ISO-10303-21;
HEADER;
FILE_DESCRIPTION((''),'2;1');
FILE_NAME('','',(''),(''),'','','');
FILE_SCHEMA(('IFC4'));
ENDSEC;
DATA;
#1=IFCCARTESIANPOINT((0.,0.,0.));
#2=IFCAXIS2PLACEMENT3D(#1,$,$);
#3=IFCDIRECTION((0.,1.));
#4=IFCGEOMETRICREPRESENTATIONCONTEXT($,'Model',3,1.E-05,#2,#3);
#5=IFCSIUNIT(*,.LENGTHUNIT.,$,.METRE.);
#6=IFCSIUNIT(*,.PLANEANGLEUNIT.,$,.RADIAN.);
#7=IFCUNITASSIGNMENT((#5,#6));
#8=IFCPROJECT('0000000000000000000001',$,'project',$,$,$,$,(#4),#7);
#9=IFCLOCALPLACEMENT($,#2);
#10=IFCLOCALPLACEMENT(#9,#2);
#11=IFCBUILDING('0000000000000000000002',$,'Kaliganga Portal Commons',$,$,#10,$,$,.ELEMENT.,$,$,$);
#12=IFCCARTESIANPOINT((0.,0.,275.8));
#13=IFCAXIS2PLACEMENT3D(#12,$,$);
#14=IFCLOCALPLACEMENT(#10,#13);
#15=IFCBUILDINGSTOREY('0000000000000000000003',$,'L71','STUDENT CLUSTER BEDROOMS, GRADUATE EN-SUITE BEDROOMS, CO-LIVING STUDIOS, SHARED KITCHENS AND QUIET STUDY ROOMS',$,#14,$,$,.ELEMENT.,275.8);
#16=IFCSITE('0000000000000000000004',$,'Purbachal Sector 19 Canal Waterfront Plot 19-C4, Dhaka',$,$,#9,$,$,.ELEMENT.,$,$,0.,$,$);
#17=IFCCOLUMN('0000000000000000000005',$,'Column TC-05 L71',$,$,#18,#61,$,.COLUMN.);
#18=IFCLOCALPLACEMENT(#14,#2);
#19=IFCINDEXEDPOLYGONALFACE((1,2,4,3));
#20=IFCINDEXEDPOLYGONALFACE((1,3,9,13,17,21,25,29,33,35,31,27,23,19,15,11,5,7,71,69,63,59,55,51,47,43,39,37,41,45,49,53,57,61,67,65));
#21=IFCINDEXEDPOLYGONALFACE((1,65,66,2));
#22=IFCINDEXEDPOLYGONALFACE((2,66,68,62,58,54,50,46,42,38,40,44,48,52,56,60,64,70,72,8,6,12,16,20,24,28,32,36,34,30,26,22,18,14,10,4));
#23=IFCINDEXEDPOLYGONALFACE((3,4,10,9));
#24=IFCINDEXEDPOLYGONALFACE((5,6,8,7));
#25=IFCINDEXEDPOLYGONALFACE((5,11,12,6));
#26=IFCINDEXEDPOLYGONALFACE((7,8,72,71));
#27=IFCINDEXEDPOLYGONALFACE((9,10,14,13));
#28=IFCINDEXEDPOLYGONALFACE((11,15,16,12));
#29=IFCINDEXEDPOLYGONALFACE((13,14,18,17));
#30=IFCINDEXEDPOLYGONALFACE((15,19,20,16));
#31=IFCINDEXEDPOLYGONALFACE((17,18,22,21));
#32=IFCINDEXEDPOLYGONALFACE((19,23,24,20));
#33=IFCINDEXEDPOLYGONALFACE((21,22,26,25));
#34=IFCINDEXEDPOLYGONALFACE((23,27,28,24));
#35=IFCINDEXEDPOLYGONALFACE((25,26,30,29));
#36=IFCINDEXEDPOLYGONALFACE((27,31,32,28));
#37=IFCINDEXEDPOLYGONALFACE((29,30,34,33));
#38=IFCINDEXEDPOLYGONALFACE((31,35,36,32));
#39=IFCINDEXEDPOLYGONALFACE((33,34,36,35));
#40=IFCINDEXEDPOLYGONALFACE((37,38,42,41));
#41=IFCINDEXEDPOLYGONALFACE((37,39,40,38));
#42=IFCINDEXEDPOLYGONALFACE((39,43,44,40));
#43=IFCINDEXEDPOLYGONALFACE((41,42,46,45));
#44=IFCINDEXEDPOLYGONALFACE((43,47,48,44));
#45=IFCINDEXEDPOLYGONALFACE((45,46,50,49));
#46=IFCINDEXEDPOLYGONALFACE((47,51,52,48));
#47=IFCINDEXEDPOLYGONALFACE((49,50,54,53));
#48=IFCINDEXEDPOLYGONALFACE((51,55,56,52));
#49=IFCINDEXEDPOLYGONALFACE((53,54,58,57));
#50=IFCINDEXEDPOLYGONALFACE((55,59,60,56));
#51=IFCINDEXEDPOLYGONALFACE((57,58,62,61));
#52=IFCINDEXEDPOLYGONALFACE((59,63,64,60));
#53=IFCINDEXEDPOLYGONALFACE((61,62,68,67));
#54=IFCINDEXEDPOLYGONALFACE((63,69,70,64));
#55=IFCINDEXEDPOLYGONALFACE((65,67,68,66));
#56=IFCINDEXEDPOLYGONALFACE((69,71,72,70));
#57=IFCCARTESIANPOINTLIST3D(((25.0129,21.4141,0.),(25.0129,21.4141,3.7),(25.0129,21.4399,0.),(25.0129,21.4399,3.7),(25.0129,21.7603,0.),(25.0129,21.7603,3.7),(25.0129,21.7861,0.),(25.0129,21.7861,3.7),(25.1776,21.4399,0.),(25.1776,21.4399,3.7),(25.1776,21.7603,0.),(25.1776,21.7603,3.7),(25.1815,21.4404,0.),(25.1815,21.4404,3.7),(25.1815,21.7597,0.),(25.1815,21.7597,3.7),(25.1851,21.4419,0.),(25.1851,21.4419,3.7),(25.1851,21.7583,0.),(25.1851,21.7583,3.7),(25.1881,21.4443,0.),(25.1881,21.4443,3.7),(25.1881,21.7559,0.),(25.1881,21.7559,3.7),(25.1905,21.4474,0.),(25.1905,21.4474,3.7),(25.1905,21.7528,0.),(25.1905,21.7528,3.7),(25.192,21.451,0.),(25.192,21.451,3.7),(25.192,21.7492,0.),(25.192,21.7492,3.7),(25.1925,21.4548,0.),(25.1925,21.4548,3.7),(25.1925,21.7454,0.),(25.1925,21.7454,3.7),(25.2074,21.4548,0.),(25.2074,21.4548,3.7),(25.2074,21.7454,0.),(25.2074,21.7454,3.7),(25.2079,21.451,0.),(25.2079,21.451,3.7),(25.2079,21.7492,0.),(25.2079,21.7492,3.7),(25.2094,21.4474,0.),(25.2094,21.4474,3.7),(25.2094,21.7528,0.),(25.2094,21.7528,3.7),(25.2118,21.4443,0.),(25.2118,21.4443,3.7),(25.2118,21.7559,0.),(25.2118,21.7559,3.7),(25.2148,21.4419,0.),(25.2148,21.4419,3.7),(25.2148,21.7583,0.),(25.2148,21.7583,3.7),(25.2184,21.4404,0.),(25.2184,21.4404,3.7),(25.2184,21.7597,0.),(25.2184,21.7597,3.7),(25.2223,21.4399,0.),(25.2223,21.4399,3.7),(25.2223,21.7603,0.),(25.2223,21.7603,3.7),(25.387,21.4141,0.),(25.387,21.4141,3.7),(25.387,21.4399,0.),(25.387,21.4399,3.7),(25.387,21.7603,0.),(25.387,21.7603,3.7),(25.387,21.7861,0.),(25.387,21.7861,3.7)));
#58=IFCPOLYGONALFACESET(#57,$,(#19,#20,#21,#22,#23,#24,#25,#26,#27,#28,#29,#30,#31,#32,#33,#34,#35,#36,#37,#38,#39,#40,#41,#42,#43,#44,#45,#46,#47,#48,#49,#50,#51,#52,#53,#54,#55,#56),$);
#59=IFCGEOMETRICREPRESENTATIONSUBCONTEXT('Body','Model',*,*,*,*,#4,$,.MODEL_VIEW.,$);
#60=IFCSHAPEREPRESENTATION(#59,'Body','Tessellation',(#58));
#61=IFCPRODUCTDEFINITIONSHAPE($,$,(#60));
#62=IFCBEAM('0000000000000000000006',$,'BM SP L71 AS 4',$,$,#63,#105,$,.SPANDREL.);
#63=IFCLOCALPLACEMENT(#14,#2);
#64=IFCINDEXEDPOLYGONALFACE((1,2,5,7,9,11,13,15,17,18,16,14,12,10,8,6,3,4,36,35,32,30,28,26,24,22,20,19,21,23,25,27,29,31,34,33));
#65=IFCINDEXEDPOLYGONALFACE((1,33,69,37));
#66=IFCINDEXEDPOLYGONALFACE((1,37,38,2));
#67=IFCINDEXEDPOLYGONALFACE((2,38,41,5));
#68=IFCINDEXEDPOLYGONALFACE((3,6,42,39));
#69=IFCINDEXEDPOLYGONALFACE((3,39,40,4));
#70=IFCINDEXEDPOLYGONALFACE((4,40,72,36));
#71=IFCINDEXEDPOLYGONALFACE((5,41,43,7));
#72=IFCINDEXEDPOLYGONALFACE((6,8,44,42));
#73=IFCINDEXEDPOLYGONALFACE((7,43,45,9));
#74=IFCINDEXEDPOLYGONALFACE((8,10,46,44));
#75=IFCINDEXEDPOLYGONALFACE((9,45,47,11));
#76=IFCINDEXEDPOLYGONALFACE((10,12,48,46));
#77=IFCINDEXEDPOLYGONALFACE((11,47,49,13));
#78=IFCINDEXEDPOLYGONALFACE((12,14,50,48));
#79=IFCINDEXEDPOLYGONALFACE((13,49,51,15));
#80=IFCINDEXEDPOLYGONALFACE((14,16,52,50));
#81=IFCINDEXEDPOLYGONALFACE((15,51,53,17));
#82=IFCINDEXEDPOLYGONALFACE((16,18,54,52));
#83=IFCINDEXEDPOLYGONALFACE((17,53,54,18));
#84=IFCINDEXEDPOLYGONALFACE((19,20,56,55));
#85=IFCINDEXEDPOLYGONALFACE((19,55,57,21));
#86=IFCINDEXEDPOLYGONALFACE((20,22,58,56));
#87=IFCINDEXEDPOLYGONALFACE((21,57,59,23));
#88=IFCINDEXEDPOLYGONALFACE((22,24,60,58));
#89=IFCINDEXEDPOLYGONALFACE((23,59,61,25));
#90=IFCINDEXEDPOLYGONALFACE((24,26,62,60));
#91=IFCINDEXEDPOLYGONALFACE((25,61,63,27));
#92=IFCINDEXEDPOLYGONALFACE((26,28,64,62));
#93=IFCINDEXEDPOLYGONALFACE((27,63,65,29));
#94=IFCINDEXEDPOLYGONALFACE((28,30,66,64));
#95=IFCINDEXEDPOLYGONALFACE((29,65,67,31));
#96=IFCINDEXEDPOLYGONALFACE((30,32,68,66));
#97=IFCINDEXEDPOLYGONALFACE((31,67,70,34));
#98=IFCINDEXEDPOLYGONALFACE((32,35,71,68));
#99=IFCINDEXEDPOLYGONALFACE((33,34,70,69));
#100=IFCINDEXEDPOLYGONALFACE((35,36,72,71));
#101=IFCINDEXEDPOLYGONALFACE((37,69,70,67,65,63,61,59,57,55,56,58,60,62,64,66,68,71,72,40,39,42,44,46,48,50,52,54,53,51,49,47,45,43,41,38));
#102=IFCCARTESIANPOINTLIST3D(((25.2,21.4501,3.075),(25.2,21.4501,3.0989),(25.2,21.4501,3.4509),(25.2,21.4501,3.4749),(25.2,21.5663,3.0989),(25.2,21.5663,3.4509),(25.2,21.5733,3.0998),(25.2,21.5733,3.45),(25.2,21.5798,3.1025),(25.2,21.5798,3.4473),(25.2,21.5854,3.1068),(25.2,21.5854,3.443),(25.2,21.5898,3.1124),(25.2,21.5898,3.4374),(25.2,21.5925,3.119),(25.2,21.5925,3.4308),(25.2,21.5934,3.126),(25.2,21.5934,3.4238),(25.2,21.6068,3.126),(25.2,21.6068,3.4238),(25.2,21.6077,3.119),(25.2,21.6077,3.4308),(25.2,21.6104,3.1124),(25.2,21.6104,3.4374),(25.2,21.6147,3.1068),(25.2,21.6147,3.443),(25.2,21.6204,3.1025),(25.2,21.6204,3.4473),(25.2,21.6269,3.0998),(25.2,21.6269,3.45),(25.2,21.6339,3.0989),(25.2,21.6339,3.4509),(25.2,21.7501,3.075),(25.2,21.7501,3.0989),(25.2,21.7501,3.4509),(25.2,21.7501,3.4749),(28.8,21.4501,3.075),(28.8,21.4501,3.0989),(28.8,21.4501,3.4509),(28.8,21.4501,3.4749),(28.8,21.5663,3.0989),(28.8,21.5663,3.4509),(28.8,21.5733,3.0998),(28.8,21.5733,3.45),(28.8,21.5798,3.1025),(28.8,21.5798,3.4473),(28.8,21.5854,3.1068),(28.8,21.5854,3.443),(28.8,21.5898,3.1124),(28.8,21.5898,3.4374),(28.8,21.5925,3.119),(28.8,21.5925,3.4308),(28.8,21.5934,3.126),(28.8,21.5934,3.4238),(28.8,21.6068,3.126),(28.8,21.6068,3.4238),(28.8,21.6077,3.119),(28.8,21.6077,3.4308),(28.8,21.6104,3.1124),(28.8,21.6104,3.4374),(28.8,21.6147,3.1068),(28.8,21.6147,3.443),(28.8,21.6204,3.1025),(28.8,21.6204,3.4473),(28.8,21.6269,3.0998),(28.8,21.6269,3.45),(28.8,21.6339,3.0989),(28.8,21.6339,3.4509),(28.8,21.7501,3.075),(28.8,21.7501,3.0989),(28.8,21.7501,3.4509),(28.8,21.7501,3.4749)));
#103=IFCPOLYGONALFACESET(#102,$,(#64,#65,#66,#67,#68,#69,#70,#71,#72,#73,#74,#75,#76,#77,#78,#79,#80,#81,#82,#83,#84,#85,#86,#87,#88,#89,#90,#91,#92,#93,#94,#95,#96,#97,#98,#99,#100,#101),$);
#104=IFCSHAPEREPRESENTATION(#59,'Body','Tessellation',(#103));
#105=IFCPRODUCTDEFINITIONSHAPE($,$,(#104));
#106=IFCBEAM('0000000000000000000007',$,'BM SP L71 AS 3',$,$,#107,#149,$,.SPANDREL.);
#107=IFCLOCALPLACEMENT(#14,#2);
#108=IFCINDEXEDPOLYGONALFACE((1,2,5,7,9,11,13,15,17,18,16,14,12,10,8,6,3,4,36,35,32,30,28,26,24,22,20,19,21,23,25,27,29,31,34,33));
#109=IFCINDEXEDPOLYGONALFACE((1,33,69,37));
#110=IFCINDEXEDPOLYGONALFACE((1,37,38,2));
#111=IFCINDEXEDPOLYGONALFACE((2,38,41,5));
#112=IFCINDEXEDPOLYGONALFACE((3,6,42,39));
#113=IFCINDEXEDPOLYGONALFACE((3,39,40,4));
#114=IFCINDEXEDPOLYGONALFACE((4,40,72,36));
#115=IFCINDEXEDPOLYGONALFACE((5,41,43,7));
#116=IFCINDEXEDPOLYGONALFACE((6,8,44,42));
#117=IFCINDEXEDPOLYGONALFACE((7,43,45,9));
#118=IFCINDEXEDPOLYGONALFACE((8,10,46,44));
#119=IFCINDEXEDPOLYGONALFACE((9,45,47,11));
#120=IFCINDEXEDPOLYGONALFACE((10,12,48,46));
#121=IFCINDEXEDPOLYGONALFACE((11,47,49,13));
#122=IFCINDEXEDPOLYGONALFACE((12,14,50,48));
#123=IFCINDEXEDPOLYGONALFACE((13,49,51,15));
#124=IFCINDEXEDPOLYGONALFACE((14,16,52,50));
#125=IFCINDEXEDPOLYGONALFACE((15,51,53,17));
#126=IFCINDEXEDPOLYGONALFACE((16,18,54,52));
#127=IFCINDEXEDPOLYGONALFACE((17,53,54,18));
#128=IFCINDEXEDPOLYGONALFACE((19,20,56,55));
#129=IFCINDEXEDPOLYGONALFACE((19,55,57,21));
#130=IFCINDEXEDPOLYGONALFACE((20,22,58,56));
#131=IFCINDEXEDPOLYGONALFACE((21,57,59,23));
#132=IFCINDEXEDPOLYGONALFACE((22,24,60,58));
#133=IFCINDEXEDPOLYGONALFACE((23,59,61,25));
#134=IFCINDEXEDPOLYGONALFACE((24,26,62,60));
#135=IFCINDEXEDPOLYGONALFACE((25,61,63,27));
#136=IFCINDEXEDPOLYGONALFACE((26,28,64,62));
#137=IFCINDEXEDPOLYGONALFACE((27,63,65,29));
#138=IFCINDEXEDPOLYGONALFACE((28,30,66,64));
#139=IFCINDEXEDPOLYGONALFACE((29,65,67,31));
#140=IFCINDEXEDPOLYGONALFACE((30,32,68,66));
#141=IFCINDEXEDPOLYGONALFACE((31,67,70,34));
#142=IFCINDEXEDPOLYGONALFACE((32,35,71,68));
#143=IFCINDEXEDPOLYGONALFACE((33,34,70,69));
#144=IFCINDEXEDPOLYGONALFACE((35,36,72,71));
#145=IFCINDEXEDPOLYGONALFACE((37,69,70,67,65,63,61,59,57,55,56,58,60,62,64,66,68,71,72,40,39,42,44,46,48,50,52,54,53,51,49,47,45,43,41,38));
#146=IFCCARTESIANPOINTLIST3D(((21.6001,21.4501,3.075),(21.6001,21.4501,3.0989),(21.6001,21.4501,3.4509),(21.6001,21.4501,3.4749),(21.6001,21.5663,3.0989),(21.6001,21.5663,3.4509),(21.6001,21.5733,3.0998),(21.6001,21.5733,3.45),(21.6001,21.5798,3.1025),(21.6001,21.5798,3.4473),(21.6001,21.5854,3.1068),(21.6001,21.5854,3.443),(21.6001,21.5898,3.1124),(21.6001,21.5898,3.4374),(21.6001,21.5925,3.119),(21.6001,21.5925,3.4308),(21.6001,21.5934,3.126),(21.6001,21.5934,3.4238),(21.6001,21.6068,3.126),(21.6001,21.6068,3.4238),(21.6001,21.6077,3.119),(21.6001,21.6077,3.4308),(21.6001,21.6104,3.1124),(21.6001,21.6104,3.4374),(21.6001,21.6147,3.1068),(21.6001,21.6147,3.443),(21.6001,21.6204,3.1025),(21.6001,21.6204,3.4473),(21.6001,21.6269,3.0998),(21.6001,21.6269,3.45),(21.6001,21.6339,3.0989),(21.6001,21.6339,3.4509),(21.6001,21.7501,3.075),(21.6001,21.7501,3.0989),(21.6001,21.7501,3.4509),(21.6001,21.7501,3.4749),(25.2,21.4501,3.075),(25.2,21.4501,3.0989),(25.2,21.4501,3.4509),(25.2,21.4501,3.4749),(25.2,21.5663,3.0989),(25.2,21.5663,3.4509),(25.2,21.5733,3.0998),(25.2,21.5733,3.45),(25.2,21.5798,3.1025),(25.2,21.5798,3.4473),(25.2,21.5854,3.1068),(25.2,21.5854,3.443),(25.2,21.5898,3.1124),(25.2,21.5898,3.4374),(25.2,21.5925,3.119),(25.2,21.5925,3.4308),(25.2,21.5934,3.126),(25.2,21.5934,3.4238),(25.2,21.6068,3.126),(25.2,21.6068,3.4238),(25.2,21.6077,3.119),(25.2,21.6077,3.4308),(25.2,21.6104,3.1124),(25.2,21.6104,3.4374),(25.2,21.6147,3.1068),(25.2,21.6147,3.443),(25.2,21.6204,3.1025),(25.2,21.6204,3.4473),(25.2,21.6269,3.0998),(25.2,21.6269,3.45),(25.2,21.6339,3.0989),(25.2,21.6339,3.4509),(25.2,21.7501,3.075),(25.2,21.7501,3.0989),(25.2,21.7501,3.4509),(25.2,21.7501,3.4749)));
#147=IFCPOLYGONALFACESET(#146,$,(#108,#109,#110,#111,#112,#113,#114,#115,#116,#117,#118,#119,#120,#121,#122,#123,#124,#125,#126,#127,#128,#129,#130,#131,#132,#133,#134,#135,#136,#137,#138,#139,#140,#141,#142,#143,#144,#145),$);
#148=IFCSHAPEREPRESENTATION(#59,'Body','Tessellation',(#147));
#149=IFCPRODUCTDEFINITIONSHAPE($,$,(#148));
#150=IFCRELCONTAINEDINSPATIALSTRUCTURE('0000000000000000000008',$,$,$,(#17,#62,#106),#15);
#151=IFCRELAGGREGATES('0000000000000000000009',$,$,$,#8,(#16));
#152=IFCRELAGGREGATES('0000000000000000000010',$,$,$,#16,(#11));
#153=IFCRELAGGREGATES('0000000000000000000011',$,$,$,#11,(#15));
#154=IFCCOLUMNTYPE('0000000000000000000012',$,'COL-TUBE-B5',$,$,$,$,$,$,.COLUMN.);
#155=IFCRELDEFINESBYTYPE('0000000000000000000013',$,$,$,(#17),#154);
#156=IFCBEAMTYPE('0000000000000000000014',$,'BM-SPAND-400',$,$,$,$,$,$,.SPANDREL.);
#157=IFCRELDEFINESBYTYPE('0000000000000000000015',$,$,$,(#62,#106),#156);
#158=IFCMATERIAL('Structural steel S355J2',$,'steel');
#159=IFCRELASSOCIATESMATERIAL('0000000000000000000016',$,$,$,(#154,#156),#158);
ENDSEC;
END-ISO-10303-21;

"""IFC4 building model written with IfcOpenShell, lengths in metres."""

from ifc_helpers import new_model, si_unit, direction, frame, origin, origin_2d, place, context, subcontext, project, spatial, i_section, extrude, source, transform, mapped, material, material_profile, profile_set, type_object, element, save


model = new_model("IFC4")

# Units and contexts
model_context = context("Model", 3, precision=1e-05, world=origin(), true_north=direction((0.0, 1.0)))
body_context = subcontext(model_context, "Body", "Model", "MODEL_VIEW")
ifc_project = project(units=[si_unit("LENGTHUNIT", "METRE"), si_unit("PLANEANGLEUNIT", "RADIAN")], contexts=[model_context])

# Site, building, storey
site_placement = place(None, origin())
site = spatial("IfcSite", under=ifc_project, at=site_placement, Name="Purbachal Sector 19 Canal Waterfront Plot 19-C4, Dhaka", CompositionType="ELEMENT", RefElevation=0.0)
building_placement = place(site_placement, origin())
building = spatial("IfcBuilding", under=site, at=building_placement, Name="Kaliganga Portal Commons", CompositionType="ELEMENT")
storey_placement = place(building_placement, frame((0.0, 0.0, 275.8)))
storey = spatial("IfcBuildingStorey", under=building, at=storey_placement, Name="L71", Description="STUDENT CLUSTER BEDROOMS, GRADUATE EN-SUITE BEDROOMS, CO-LIVING STUDIOS, SHARED KITCHENS AND QUIET STUDY ROOMS", CompositionType="ELEMENT", Elevation=275.8)

# Column
ifc_material_1 = material(Name="Structural steel S355J2", Category="steel")
ifc_material_profile_1 = material_profile(ifc_material_1, i_section(OverallWidth=0.374, OverallDepth=0.3721, WebThickness=0.0149, FlangeThickness=0.0259, FilletRadius=0.0149, at=origin_2d()), Name="HD 360x196")
ifc_profile_set_1 = profile_set([ifc_material_profile_1], Name="Structural steel S355J2 wide-flange")
column_type = type_object("IfcColumnType", Name="COL-TUBE-B5", PredefinedType="COLUMN", material=ifc_profile_set_1)
shared_shape_1 = source(origin(), body_context, "Body", "SweptSolid", [
    extrude(i_section(OverallWidth=0.374, OverallDepth=0.3721, WebThickness=0.0149, FlangeThickness=0.0259, FilletRadius=0.0149, at=origin_2d()), origin(), (0.0, 0.0, 1.0), 3.7),
])
column_placement = place(storey_placement, frame((25.2, 21.6001, 0.0), z_axis=(0.0, 0.0, 1.0), x_axis=(1.0, 0.0, 0.0)))
element("IfcColumn", 1, at=column_placement, inside=storey, type_object=column_type, Name="Column TC-05 L71", PredefinedType="COLUMN", context=body_context, shape_type="MappedRepresentation", body=[
    mapped(shared_shape_1, transform((0.0, 0.0, 0.0), x_axis=(1.0, 0.0, 0.0), y_axis=(0.0, 1.0, 0.0), z_axis=(0.0, 0.0, 1.0), scale=1.0)),
])

# Beams
ifc_material_profile_2 = material_profile(ifc_material_1, i_section(OverallWidth=0.3, OverallDepth=0.3999, WebThickness=0.0134, FlangeThickness=0.0239, FilletRadius=0.0271, at=origin_2d()), Name="HE 400 B")
ifc_profile_set_2 = profile_set([ifc_material_profile_2], Name="Structural steel S355J2 wide-flange")
beam_type_1 = type_object("IfcBeamType", Name="BM-SPAND-400", PredefinedType="SPANDREL", material=ifc_profile_set_2)
shared_shape_2 = source(origin(), body_context, "Body", "SweptSolid", [
    extrude(i_section(OverallWidth=0.3, OverallDepth=0.3999, WebThickness=0.0134, FlangeThickness=0.0239, FilletRadius=0.0271, at=origin_2d()), origin(), (0.0, 0.0, 1.0), 3.6001),
])
beam_1_placement = place(storey_placement, frame((25.2, 21.6001, 3.2749), z_axis=(1.0, 0.0, 0.0), x_axis=(0.0, 1.0, 0.0)))
element("IfcBeam", 2, at=beam_1_placement, inside=storey, type_object=beam_type_1, Name="BM SP L71 AS 4", PredefinedType="SPANDREL", context=body_context, shape_type="MappedRepresentation", body=[
    mapped(shared_shape_2, transform((0.0, 0.0, 0.0), x_axis=(1.0, 0.0, 0.0), y_axis=(0.0, 1.0, 0.0), z_axis=(0.0, 0.0, 1.0), scale=1.0)),
])
shared_shape_3 = source(origin(), body_context, "Body", "SweptSolid", [
    extrude(i_section(OverallWidth=0.3, OverallDepth=0.3999, WebThickness=0.0134, FlangeThickness=0.0239, FilletRadius=0.0271, at=origin_2d()), origin(), (0.0, 0.0, 1.0), 3.5999),
])
beam_2_placement = place(storey_placement, frame((21.6001, 21.6001, 3.2749), z_axis=(1.0, 0.0, 0.0), x_axis=(0.0, 1.0, 0.0)))
element("IfcBeam", 3, at=beam_2_placement, inside=storey, type_object=beam_type_1, Name="BM SP L71 AS 3", PredefinedType="SPANDREL", context=body_context, shape_type="MappedRepresentation", body=[
    mapped(shared_shape_3, transform((0.0, 0.0, 0.0), x_axis=(1.0, 0.0, 0.0), y_axis=(0.0, 1.0, 0.0), z_axis=(0.0, 0.0, 1.0), scale=1.0)),
])

save(model, "model.ifc")
